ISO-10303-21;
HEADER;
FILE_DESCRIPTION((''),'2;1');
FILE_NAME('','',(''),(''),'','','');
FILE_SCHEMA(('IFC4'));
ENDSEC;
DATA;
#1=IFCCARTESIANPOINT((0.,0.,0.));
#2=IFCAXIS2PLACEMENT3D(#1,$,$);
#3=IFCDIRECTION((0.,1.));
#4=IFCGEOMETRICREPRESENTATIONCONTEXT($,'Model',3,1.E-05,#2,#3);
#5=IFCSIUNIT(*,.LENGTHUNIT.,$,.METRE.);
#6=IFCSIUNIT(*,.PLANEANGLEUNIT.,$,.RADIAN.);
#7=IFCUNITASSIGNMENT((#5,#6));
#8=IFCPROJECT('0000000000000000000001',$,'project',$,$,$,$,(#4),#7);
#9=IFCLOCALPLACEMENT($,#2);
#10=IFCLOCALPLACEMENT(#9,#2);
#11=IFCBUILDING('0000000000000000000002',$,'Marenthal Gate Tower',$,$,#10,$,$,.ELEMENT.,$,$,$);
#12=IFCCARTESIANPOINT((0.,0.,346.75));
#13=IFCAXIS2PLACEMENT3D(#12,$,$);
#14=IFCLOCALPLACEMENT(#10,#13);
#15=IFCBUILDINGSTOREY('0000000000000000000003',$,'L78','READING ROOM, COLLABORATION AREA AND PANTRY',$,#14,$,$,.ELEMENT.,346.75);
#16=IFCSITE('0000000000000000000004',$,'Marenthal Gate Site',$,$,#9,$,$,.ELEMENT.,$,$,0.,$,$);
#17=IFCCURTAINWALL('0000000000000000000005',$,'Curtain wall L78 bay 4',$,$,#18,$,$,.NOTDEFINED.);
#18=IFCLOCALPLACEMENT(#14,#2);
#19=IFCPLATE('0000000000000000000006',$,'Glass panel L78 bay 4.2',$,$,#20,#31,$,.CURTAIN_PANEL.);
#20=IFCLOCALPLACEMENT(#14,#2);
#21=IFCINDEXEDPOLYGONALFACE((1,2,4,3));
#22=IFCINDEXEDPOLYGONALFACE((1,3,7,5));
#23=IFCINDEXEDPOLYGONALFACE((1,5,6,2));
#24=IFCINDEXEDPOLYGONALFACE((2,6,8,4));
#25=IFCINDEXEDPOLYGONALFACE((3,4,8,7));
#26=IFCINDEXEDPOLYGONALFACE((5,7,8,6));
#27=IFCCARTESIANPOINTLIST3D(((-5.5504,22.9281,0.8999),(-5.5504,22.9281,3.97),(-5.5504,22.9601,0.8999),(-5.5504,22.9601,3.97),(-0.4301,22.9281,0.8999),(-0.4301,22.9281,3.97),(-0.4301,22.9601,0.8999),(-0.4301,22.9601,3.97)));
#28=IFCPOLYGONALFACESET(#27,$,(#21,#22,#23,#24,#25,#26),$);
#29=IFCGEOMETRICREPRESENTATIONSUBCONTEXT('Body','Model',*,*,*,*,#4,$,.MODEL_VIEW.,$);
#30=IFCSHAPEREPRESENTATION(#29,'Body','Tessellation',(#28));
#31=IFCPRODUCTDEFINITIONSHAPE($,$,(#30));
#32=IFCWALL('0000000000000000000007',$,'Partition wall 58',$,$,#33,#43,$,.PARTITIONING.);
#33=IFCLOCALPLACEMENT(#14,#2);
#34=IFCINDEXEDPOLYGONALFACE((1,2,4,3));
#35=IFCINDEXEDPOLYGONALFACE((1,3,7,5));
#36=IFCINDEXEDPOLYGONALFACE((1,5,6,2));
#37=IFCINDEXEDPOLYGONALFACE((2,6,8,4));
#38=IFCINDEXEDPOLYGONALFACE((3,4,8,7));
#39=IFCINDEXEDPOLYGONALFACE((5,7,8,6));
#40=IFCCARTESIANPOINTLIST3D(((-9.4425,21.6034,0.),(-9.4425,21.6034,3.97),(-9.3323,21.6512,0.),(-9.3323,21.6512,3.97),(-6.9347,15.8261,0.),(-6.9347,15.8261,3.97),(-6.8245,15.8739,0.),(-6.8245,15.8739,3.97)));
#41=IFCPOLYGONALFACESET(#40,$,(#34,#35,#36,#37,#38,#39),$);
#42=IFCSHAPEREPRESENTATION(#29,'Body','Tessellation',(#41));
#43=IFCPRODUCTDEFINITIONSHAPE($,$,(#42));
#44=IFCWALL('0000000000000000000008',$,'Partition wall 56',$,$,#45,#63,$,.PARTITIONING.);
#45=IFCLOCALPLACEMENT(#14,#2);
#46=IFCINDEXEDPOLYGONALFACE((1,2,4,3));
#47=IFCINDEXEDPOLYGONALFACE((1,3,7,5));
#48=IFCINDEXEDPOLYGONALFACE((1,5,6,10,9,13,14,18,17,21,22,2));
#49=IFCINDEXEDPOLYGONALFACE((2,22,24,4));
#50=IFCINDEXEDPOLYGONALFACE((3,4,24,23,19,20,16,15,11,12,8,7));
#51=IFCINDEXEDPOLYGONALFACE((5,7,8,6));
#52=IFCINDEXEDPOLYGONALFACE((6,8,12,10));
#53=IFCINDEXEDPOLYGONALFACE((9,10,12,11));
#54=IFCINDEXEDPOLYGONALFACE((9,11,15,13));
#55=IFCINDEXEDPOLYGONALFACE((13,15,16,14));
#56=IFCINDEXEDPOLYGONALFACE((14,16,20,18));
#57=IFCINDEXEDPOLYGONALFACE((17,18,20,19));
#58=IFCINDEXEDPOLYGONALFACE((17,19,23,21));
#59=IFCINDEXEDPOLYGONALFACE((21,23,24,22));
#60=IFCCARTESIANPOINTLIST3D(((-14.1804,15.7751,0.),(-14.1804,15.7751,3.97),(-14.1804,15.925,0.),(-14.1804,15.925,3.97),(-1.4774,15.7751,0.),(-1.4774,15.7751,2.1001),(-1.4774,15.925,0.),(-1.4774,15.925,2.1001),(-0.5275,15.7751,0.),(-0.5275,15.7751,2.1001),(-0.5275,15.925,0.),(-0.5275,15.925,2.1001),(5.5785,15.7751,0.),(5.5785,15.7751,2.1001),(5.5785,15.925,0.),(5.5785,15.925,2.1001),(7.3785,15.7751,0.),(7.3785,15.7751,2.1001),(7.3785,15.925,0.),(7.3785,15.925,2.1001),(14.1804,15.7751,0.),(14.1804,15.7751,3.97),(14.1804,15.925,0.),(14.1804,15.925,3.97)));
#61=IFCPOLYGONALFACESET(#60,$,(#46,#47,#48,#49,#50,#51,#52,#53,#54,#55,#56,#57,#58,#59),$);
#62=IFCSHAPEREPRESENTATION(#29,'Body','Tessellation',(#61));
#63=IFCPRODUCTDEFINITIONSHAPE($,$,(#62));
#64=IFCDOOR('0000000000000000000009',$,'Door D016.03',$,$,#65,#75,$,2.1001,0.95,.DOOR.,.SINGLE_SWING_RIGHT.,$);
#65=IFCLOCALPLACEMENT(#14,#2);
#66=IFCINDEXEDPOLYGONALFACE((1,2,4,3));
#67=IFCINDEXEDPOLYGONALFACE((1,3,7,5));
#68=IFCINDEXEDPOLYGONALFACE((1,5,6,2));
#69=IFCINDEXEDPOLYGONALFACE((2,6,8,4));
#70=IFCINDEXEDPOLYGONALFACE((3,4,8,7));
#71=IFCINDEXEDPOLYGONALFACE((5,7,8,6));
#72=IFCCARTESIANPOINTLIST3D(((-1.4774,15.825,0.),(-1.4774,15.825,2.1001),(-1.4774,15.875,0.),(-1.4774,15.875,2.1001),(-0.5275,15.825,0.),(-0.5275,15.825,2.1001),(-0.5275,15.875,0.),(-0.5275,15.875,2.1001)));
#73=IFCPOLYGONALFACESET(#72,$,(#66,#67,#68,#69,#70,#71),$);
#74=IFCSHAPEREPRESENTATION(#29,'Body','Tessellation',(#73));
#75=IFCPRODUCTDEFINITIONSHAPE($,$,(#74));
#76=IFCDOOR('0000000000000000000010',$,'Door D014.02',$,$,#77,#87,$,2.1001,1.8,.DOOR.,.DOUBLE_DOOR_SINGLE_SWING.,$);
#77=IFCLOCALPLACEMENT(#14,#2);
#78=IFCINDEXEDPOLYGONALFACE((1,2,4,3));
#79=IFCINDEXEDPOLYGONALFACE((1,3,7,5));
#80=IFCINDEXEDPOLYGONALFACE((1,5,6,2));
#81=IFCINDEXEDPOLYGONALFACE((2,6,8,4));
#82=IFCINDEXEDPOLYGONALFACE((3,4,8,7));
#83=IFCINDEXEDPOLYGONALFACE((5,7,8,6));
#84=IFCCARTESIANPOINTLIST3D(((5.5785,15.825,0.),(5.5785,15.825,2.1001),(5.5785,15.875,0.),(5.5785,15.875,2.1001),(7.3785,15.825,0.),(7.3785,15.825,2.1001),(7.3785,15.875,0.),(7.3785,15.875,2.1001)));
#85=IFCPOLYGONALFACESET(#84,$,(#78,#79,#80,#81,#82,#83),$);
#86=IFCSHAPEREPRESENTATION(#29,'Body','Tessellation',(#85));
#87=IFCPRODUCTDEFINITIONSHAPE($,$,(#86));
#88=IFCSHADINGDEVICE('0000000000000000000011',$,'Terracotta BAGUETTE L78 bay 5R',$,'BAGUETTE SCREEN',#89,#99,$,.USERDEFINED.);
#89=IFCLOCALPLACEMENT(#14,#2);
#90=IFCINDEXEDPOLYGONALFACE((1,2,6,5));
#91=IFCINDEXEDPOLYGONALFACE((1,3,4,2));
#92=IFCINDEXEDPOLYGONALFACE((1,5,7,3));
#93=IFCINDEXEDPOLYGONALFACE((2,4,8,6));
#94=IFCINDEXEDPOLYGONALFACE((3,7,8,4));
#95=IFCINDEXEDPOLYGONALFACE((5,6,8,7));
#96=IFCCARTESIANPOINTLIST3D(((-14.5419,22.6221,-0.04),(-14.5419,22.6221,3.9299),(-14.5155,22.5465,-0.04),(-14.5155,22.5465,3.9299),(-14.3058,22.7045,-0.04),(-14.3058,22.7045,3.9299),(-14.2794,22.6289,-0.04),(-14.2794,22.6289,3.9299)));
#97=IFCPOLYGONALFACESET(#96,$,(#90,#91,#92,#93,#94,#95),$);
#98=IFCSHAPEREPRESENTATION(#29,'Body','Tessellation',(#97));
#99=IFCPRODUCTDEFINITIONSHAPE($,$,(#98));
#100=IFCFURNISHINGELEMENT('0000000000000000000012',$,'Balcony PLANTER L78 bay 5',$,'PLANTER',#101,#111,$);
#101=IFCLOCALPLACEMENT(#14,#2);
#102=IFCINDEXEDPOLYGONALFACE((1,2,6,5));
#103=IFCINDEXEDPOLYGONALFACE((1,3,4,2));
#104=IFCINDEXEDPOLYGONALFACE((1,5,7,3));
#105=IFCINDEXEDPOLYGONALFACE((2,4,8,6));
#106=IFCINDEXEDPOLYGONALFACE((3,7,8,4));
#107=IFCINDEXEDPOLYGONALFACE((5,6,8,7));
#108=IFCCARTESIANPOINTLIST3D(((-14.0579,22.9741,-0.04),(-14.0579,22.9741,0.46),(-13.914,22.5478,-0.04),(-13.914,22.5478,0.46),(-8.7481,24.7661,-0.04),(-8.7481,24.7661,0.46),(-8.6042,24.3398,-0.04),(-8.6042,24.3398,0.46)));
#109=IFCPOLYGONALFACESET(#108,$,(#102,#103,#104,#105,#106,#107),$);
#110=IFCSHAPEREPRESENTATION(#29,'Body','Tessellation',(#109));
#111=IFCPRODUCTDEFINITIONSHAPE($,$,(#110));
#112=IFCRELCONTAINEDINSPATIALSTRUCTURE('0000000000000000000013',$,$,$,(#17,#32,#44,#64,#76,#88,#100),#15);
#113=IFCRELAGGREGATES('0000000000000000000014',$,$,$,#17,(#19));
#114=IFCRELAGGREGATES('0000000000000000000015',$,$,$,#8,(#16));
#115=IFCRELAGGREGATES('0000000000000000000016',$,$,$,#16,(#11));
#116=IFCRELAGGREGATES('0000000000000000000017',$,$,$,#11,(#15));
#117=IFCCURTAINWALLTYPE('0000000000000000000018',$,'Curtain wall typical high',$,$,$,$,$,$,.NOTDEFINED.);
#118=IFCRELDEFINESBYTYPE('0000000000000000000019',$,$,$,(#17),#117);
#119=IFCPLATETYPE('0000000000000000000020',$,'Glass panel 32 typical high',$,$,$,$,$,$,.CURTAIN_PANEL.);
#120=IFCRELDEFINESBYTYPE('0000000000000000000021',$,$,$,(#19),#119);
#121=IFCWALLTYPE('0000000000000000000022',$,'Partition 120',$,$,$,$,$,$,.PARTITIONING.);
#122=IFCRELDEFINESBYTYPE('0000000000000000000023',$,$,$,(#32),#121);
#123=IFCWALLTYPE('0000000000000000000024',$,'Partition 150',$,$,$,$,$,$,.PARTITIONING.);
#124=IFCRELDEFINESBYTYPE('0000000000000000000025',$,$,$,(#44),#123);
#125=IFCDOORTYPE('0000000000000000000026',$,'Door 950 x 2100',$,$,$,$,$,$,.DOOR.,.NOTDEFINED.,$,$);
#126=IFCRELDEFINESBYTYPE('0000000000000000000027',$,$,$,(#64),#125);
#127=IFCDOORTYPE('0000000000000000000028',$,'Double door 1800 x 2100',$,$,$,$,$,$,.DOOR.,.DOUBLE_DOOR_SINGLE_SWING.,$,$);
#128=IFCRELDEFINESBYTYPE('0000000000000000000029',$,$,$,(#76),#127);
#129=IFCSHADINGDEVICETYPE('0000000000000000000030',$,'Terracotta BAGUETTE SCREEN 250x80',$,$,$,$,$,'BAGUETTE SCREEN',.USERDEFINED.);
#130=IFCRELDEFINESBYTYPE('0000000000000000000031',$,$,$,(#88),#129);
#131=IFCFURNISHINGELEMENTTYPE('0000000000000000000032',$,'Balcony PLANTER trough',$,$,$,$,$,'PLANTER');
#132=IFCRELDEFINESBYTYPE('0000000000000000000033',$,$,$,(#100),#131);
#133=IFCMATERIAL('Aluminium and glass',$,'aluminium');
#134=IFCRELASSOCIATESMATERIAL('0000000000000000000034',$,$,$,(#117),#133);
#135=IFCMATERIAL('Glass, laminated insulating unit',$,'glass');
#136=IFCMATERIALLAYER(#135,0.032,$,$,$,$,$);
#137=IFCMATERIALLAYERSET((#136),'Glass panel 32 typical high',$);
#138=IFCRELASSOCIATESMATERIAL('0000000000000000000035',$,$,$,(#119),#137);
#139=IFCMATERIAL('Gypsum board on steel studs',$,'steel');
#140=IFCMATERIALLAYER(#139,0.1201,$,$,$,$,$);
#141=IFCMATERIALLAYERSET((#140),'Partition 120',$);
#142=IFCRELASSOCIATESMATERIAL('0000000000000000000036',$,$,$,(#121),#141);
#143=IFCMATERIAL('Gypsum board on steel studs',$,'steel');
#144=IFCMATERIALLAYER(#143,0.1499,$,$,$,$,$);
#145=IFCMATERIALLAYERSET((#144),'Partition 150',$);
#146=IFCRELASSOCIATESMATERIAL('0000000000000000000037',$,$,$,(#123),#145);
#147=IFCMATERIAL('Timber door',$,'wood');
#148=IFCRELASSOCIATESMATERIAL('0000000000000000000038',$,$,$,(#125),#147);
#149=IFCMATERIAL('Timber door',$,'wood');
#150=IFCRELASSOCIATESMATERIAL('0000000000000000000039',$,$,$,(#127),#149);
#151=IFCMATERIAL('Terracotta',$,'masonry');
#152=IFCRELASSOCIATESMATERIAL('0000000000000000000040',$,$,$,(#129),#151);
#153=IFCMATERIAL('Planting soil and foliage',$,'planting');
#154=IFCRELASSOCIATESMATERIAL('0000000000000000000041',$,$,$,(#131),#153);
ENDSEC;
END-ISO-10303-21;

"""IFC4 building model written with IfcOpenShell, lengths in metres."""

from ifc_helpers import new_model, si_unit, direction, frame, frame_2d, origin, origin_2d, place, context, subcontext, project, spatial, rectangle, extrude, material, layer, layer_set, material_profile, profile_set, type_object, element, fill, aggregate, save


model = new_model("IFC4")

# Units and contexts
model_context = context("Model", 3, precision=1e-05, world=origin(), true_north=direction((0.0, 1.0)))
body_context = subcontext(model_context, "Body", "Model", "MODEL_VIEW")
ifc_project = project(units=[si_unit("LENGTHUNIT", "METRE"), si_unit("PLANEANGLEUNIT", "RADIAN")], contexts=[model_context])

# Site, building, storey
site_placement = place(None, origin())
site = spatial("IfcSite", under=ifc_project, at=site_placement, Name="Marenthal Gate Site", CompositionType="ELEMENT", RefElevation=0.0)
building_placement = place(site_placement, origin())
building = spatial("IfcBuilding", under=site, at=building_placement, Name="Marenthal Gate Tower", CompositionType="ELEMENT")
storey_placement = place(building_placement, frame((0.0, 0.0, 346.75)))
storey = spatial("IfcBuildingStorey", under=building, at=storey_placement, Name="L78", Description="READING ROOM, COLLABORATION AREA AND PANTRY", CompositionType="ELEMENT", Elevation=346.75)

# Curtain wall
ifc_material_1 = material(Name="Aluminium and glass", Category="aluminium")
curtain_wall_type = type_object("IfcCurtainWallType", Name="Curtain wall typical high", PredefinedType="NOTDEFINED", material=ifc_material_1)
curtain_wall_placement = place(storey_placement, origin())
curtain_wall = element("IfcCurtainWall", 1, at=curtain_wall_placement, inside=storey, type_object=curtain_wall_type, Name="Curtain wall L78 bay 4", PredefinedType="NOTDEFINED")

# Plate
ifc_material_2 = material(Name="Glass, laminated insulating unit", Category="glass")
ifc_layer_1 = layer(ifc_material_2, 0.032)
ifc_layer_set_1 = layer_set([ifc_layer_1], Name="Glass panel 32 typical high")
plate_type = type_object("IfcPlateType", Name="Glass panel 32 typical high", PredefinedType="CURTAIN_PANEL", material=ifc_layer_set_1)
plate_placement = place(storey_placement, frame((-2.9902, 22.9441, 0.8999), z_axis=(0.0, 0.0, 1.0), x_axis=(-1.0, 0.0, 0.0)))
plate = element("IfcPlate", 2, at=plate_placement, type_object=plate_type, Name="Glass panel L78 bay 4.2", PredefinedType="CURTAIN_PANEL", context=body_context, shape_type="SweptSolid", body=[
    extrude(rectangle(XDim=5.1204, YDim=0.032, at=origin_2d()), origin(), (0.0, 0.0, 1.0), 3.0701),
])
aggregate(curtain_wall, [plate])

# Wall
ifc_material_3 = material(Name="Gypsum board on steel studs", Category="steel")
ifc_layer_2 = layer(ifc_material_3, 0.1201)
ifc_layer_set_2 = layer_set([ifc_layer_2], Name="Partition 120")
wall_type_1 = type_object("IfcWallType", Name="Partition 120", PredefinedType="PARTITIONING", material=ifc_layer_set_2)
wall_1_placement = place(storey_placement, frame((-6.8796, 15.8501, 0.0), z_axis=(0.0, 0.0, 1.0), x_axis=(-0.398182, 0.917307, 0.0)))
element("IfcWall", 3, at=wall_1_placement, inside=storey, type_object=wall_type_1, Name="Partition wall 58", PredefinedType="PARTITIONING", context=body_context, shape_type="SweptSolid", body=[
    extrude(rectangle(XDim=6.2981, YDim=0.1201, at=frame_2d((3.1489, 0.0))), origin(), (0.0, 0.0, 1.0), 3.97),
])

# Wall, openings, doors
ifc_material_4 = material(Name="Gypsum board on steel studs", Category="steel")
ifc_layer_3 = layer(ifc_material_4, 0.1499)
ifc_layer_set_3 = layer_set([ifc_layer_3], Name="Partition 150")
wall_type_2 = type_object("IfcWallType", Name="Partition 150", PredefinedType="PARTITIONING", material=ifc_layer_set_3)
wall_2_placement = place(storey_placement, frame((-14.1804, 15.8501, 0.0), z_axis=(0.0, 0.0, 1.0), x_axis=(1.0, 0.0, 0.0)))
wall_2 = element("IfcWall", 4, at=wall_2_placement, inside=storey, type_object=wall_type_2, Name="Partition wall 56", PredefinedType="PARTITIONING", context=body_context, shape_type="SweptSolid", body=[
    extrude(rectangle(XDim=28.3608, YDim=0.1499, at=frame_2d((14.1804, 0.0))), origin(), (0.0, 0.0, 1.0), 3.97),
])
opening_1_placement = place(wall_2_placement, frame((19.759, 0.0, 0.0)))
opening_1 = element("IfcOpeningElement", 5, at=opening_1_placement, cuts=wall_2, PredefinedType="OPENING", context=body_context, shape_type="SweptSolid", body=[
    extrude(rectangle(XDim=1.8, YDim=2.1001, at=frame_2d((0.8999, 1.05))), frame((0.0, 0.085, 0.0), z_axis=(0.0, -1.0, 0.0), x_axis=(1.0, 0.0, 0.0)), (0.0, 0.0, 1.0), 0.1699),
])
opening_2_placement = place(wall_2_placement, frame((12.7029, 0.0, 0.0)))
opening_2 = element("IfcOpeningElement", 6, at=opening_2_placement, cuts=wall_2, PredefinedType="OPENING", context=body_context, shape_type="SweptSolid", body=[
    extrude(rectangle(XDim=0.95, YDim=2.1001, at=frame_2d((0.4751, 1.05))), frame((0.0, 0.085, 0.0), z_axis=(0.0, -1.0, 0.0), x_axis=(1.0, 0.0, 0.0)), (0.0, 0.0, 1.0), 0.1699),
])
ifc_material_5 = material(Name="Timber door", Category="wood")
door_type_1 = type_object("IfcDoorType", Name="Door 950 x 2100", OperationType="NOTDEFINED", PredefinedType="DOOR", material=ifc_material_5)
door_1_placement = place(opening_2_placement, origin())
door_1 = element("IfcDoor", 7, at=door_1_placement, inside=storey, type_object=door_type_1, Name="Door D016.03", OperationType="SINGLE_SWING_RIGHT", OverallHeight=2.1001, OverallWidth=0.95, PredefinedType="DOOR", context=body_context, shape_type="SweptSolid", body=[
    extrude(rectangle(XDim=0.95, YDim=2.1001, at=frame_2d((0.4751, 1.05))), frame((0.0, 0.0249, 0.0), z_axis=(0.0, -1.0, 0.0), x_axis=(1.0, 0.0, 0.0)), (0.0, 0.0, 1.0), 0.05),
])
fill(opening_2, door_1)
ifc_material_6 = material(Name="Timber door", Category="wood")
door_type_2 = type_object("IfcDoorType", Name="Double door 1800 x 2100", OperationType="DOUBLE_DOOR_SINGLE_SWING", PredefinedType="DOOR", material=ifc_material_6)
door_2_placement = place(opening_1_placement, origin())
door_2 = element("IfcDoor", 8, at=door_2_placement, inside=storey, type_object=door_type_2, Name="Door D014.02", OperationType="DOUBLE_DOOR_SINGLE_SWING", OverallHeight=2.1001, OverallWidth=1.8, PredefinedType="DOOR", context=body_context, shape_type="SweptSolid", body=[
    extrude(rectangle(XDim=1.8, YDim=2.1001, at=frame_2d((0.8999, 1.05))), frame((0.0, 0.0249, 0.0), z_axis=(0.0, -1.0, 0.0), x_axis=(1.0, 0.0, 0.0)), (0.0, 0.0, 1.0), 0.05),
])
fill(opening_1, door_2)

# Shading device
ifc_material_7 = material(Name="Terracotta", Category="masonry")
ifc_material_profile_1 = material_profile(ifc_material_7, rectangle(XDim=0.25, YDim=0.0801, at=origin_2d()), Name="Terracotta baguette 250x80")
ifc_profile_set_1 = profile_set([ifc_material_profile_1], Name="Terracotta")
shading_device_type = type_object("IfcShadingDeviceType", Name="Terracotta BAGUETTE SCREEN 250x80", ElementType="BAGUETTE SCREEN", PredefinedType="USERDEFINED", material=ifc_profile_set_1)
shading_device_placement = place(storey_placement, frame((-14.4106, 22.6255, -0.04), z_axis=(0.0, 0.0, 1.0), x_axis=(-0.944152, -0.32951, 0.0)))
element("IfcShadingDevice", 9, at=shading_device_placement, inside=storey, type_object=shading_device_type, Name="Terracotta BAGUETTE L78 bay 5R", ObjectType="BAGUETTE SCREEN", PredefinedType="USERDEFINED", context=body_context, shape_type="SweptSolid", body=[
    extrude(rectangle(XDim=0.25, YDim=0.0801, at=origin_2d()), origin(), (0.0, 0.0, 1.0), 3.97),
])

# Furnishing element
ifc_material_8 = material(Name="Planting soil and foliage", Category="planting")
furnishing_element_type = type_object("IfcFurnishingElementType", Name="Balcony PLANTER trough", ElementType="PLANTER", material=ifc_material_8)
furnishing_placement = place(storey_placement, frame((-11.3311, 23.657, -0.04), z_axis=(0.0, 0.0, 1.0), x_axis=(-0.947495, -0.31977, 0.0)))
element("IfcFurnishingElement", 10, at=furnishing_placement, inside=storey, type_object=furnishing_element_type, Name="Balcony PLANTER L78 bay 5", ObjectType="PLANTER", context=body_context, shape_type="SweptSolid", body=[
    extrude(rectangle(XDim=5.604, YDim=0.45, at=origin_2d()), origin(), (0.0, 0.0, 1.0), 0.5),
])

save(model, "model.ifc")
